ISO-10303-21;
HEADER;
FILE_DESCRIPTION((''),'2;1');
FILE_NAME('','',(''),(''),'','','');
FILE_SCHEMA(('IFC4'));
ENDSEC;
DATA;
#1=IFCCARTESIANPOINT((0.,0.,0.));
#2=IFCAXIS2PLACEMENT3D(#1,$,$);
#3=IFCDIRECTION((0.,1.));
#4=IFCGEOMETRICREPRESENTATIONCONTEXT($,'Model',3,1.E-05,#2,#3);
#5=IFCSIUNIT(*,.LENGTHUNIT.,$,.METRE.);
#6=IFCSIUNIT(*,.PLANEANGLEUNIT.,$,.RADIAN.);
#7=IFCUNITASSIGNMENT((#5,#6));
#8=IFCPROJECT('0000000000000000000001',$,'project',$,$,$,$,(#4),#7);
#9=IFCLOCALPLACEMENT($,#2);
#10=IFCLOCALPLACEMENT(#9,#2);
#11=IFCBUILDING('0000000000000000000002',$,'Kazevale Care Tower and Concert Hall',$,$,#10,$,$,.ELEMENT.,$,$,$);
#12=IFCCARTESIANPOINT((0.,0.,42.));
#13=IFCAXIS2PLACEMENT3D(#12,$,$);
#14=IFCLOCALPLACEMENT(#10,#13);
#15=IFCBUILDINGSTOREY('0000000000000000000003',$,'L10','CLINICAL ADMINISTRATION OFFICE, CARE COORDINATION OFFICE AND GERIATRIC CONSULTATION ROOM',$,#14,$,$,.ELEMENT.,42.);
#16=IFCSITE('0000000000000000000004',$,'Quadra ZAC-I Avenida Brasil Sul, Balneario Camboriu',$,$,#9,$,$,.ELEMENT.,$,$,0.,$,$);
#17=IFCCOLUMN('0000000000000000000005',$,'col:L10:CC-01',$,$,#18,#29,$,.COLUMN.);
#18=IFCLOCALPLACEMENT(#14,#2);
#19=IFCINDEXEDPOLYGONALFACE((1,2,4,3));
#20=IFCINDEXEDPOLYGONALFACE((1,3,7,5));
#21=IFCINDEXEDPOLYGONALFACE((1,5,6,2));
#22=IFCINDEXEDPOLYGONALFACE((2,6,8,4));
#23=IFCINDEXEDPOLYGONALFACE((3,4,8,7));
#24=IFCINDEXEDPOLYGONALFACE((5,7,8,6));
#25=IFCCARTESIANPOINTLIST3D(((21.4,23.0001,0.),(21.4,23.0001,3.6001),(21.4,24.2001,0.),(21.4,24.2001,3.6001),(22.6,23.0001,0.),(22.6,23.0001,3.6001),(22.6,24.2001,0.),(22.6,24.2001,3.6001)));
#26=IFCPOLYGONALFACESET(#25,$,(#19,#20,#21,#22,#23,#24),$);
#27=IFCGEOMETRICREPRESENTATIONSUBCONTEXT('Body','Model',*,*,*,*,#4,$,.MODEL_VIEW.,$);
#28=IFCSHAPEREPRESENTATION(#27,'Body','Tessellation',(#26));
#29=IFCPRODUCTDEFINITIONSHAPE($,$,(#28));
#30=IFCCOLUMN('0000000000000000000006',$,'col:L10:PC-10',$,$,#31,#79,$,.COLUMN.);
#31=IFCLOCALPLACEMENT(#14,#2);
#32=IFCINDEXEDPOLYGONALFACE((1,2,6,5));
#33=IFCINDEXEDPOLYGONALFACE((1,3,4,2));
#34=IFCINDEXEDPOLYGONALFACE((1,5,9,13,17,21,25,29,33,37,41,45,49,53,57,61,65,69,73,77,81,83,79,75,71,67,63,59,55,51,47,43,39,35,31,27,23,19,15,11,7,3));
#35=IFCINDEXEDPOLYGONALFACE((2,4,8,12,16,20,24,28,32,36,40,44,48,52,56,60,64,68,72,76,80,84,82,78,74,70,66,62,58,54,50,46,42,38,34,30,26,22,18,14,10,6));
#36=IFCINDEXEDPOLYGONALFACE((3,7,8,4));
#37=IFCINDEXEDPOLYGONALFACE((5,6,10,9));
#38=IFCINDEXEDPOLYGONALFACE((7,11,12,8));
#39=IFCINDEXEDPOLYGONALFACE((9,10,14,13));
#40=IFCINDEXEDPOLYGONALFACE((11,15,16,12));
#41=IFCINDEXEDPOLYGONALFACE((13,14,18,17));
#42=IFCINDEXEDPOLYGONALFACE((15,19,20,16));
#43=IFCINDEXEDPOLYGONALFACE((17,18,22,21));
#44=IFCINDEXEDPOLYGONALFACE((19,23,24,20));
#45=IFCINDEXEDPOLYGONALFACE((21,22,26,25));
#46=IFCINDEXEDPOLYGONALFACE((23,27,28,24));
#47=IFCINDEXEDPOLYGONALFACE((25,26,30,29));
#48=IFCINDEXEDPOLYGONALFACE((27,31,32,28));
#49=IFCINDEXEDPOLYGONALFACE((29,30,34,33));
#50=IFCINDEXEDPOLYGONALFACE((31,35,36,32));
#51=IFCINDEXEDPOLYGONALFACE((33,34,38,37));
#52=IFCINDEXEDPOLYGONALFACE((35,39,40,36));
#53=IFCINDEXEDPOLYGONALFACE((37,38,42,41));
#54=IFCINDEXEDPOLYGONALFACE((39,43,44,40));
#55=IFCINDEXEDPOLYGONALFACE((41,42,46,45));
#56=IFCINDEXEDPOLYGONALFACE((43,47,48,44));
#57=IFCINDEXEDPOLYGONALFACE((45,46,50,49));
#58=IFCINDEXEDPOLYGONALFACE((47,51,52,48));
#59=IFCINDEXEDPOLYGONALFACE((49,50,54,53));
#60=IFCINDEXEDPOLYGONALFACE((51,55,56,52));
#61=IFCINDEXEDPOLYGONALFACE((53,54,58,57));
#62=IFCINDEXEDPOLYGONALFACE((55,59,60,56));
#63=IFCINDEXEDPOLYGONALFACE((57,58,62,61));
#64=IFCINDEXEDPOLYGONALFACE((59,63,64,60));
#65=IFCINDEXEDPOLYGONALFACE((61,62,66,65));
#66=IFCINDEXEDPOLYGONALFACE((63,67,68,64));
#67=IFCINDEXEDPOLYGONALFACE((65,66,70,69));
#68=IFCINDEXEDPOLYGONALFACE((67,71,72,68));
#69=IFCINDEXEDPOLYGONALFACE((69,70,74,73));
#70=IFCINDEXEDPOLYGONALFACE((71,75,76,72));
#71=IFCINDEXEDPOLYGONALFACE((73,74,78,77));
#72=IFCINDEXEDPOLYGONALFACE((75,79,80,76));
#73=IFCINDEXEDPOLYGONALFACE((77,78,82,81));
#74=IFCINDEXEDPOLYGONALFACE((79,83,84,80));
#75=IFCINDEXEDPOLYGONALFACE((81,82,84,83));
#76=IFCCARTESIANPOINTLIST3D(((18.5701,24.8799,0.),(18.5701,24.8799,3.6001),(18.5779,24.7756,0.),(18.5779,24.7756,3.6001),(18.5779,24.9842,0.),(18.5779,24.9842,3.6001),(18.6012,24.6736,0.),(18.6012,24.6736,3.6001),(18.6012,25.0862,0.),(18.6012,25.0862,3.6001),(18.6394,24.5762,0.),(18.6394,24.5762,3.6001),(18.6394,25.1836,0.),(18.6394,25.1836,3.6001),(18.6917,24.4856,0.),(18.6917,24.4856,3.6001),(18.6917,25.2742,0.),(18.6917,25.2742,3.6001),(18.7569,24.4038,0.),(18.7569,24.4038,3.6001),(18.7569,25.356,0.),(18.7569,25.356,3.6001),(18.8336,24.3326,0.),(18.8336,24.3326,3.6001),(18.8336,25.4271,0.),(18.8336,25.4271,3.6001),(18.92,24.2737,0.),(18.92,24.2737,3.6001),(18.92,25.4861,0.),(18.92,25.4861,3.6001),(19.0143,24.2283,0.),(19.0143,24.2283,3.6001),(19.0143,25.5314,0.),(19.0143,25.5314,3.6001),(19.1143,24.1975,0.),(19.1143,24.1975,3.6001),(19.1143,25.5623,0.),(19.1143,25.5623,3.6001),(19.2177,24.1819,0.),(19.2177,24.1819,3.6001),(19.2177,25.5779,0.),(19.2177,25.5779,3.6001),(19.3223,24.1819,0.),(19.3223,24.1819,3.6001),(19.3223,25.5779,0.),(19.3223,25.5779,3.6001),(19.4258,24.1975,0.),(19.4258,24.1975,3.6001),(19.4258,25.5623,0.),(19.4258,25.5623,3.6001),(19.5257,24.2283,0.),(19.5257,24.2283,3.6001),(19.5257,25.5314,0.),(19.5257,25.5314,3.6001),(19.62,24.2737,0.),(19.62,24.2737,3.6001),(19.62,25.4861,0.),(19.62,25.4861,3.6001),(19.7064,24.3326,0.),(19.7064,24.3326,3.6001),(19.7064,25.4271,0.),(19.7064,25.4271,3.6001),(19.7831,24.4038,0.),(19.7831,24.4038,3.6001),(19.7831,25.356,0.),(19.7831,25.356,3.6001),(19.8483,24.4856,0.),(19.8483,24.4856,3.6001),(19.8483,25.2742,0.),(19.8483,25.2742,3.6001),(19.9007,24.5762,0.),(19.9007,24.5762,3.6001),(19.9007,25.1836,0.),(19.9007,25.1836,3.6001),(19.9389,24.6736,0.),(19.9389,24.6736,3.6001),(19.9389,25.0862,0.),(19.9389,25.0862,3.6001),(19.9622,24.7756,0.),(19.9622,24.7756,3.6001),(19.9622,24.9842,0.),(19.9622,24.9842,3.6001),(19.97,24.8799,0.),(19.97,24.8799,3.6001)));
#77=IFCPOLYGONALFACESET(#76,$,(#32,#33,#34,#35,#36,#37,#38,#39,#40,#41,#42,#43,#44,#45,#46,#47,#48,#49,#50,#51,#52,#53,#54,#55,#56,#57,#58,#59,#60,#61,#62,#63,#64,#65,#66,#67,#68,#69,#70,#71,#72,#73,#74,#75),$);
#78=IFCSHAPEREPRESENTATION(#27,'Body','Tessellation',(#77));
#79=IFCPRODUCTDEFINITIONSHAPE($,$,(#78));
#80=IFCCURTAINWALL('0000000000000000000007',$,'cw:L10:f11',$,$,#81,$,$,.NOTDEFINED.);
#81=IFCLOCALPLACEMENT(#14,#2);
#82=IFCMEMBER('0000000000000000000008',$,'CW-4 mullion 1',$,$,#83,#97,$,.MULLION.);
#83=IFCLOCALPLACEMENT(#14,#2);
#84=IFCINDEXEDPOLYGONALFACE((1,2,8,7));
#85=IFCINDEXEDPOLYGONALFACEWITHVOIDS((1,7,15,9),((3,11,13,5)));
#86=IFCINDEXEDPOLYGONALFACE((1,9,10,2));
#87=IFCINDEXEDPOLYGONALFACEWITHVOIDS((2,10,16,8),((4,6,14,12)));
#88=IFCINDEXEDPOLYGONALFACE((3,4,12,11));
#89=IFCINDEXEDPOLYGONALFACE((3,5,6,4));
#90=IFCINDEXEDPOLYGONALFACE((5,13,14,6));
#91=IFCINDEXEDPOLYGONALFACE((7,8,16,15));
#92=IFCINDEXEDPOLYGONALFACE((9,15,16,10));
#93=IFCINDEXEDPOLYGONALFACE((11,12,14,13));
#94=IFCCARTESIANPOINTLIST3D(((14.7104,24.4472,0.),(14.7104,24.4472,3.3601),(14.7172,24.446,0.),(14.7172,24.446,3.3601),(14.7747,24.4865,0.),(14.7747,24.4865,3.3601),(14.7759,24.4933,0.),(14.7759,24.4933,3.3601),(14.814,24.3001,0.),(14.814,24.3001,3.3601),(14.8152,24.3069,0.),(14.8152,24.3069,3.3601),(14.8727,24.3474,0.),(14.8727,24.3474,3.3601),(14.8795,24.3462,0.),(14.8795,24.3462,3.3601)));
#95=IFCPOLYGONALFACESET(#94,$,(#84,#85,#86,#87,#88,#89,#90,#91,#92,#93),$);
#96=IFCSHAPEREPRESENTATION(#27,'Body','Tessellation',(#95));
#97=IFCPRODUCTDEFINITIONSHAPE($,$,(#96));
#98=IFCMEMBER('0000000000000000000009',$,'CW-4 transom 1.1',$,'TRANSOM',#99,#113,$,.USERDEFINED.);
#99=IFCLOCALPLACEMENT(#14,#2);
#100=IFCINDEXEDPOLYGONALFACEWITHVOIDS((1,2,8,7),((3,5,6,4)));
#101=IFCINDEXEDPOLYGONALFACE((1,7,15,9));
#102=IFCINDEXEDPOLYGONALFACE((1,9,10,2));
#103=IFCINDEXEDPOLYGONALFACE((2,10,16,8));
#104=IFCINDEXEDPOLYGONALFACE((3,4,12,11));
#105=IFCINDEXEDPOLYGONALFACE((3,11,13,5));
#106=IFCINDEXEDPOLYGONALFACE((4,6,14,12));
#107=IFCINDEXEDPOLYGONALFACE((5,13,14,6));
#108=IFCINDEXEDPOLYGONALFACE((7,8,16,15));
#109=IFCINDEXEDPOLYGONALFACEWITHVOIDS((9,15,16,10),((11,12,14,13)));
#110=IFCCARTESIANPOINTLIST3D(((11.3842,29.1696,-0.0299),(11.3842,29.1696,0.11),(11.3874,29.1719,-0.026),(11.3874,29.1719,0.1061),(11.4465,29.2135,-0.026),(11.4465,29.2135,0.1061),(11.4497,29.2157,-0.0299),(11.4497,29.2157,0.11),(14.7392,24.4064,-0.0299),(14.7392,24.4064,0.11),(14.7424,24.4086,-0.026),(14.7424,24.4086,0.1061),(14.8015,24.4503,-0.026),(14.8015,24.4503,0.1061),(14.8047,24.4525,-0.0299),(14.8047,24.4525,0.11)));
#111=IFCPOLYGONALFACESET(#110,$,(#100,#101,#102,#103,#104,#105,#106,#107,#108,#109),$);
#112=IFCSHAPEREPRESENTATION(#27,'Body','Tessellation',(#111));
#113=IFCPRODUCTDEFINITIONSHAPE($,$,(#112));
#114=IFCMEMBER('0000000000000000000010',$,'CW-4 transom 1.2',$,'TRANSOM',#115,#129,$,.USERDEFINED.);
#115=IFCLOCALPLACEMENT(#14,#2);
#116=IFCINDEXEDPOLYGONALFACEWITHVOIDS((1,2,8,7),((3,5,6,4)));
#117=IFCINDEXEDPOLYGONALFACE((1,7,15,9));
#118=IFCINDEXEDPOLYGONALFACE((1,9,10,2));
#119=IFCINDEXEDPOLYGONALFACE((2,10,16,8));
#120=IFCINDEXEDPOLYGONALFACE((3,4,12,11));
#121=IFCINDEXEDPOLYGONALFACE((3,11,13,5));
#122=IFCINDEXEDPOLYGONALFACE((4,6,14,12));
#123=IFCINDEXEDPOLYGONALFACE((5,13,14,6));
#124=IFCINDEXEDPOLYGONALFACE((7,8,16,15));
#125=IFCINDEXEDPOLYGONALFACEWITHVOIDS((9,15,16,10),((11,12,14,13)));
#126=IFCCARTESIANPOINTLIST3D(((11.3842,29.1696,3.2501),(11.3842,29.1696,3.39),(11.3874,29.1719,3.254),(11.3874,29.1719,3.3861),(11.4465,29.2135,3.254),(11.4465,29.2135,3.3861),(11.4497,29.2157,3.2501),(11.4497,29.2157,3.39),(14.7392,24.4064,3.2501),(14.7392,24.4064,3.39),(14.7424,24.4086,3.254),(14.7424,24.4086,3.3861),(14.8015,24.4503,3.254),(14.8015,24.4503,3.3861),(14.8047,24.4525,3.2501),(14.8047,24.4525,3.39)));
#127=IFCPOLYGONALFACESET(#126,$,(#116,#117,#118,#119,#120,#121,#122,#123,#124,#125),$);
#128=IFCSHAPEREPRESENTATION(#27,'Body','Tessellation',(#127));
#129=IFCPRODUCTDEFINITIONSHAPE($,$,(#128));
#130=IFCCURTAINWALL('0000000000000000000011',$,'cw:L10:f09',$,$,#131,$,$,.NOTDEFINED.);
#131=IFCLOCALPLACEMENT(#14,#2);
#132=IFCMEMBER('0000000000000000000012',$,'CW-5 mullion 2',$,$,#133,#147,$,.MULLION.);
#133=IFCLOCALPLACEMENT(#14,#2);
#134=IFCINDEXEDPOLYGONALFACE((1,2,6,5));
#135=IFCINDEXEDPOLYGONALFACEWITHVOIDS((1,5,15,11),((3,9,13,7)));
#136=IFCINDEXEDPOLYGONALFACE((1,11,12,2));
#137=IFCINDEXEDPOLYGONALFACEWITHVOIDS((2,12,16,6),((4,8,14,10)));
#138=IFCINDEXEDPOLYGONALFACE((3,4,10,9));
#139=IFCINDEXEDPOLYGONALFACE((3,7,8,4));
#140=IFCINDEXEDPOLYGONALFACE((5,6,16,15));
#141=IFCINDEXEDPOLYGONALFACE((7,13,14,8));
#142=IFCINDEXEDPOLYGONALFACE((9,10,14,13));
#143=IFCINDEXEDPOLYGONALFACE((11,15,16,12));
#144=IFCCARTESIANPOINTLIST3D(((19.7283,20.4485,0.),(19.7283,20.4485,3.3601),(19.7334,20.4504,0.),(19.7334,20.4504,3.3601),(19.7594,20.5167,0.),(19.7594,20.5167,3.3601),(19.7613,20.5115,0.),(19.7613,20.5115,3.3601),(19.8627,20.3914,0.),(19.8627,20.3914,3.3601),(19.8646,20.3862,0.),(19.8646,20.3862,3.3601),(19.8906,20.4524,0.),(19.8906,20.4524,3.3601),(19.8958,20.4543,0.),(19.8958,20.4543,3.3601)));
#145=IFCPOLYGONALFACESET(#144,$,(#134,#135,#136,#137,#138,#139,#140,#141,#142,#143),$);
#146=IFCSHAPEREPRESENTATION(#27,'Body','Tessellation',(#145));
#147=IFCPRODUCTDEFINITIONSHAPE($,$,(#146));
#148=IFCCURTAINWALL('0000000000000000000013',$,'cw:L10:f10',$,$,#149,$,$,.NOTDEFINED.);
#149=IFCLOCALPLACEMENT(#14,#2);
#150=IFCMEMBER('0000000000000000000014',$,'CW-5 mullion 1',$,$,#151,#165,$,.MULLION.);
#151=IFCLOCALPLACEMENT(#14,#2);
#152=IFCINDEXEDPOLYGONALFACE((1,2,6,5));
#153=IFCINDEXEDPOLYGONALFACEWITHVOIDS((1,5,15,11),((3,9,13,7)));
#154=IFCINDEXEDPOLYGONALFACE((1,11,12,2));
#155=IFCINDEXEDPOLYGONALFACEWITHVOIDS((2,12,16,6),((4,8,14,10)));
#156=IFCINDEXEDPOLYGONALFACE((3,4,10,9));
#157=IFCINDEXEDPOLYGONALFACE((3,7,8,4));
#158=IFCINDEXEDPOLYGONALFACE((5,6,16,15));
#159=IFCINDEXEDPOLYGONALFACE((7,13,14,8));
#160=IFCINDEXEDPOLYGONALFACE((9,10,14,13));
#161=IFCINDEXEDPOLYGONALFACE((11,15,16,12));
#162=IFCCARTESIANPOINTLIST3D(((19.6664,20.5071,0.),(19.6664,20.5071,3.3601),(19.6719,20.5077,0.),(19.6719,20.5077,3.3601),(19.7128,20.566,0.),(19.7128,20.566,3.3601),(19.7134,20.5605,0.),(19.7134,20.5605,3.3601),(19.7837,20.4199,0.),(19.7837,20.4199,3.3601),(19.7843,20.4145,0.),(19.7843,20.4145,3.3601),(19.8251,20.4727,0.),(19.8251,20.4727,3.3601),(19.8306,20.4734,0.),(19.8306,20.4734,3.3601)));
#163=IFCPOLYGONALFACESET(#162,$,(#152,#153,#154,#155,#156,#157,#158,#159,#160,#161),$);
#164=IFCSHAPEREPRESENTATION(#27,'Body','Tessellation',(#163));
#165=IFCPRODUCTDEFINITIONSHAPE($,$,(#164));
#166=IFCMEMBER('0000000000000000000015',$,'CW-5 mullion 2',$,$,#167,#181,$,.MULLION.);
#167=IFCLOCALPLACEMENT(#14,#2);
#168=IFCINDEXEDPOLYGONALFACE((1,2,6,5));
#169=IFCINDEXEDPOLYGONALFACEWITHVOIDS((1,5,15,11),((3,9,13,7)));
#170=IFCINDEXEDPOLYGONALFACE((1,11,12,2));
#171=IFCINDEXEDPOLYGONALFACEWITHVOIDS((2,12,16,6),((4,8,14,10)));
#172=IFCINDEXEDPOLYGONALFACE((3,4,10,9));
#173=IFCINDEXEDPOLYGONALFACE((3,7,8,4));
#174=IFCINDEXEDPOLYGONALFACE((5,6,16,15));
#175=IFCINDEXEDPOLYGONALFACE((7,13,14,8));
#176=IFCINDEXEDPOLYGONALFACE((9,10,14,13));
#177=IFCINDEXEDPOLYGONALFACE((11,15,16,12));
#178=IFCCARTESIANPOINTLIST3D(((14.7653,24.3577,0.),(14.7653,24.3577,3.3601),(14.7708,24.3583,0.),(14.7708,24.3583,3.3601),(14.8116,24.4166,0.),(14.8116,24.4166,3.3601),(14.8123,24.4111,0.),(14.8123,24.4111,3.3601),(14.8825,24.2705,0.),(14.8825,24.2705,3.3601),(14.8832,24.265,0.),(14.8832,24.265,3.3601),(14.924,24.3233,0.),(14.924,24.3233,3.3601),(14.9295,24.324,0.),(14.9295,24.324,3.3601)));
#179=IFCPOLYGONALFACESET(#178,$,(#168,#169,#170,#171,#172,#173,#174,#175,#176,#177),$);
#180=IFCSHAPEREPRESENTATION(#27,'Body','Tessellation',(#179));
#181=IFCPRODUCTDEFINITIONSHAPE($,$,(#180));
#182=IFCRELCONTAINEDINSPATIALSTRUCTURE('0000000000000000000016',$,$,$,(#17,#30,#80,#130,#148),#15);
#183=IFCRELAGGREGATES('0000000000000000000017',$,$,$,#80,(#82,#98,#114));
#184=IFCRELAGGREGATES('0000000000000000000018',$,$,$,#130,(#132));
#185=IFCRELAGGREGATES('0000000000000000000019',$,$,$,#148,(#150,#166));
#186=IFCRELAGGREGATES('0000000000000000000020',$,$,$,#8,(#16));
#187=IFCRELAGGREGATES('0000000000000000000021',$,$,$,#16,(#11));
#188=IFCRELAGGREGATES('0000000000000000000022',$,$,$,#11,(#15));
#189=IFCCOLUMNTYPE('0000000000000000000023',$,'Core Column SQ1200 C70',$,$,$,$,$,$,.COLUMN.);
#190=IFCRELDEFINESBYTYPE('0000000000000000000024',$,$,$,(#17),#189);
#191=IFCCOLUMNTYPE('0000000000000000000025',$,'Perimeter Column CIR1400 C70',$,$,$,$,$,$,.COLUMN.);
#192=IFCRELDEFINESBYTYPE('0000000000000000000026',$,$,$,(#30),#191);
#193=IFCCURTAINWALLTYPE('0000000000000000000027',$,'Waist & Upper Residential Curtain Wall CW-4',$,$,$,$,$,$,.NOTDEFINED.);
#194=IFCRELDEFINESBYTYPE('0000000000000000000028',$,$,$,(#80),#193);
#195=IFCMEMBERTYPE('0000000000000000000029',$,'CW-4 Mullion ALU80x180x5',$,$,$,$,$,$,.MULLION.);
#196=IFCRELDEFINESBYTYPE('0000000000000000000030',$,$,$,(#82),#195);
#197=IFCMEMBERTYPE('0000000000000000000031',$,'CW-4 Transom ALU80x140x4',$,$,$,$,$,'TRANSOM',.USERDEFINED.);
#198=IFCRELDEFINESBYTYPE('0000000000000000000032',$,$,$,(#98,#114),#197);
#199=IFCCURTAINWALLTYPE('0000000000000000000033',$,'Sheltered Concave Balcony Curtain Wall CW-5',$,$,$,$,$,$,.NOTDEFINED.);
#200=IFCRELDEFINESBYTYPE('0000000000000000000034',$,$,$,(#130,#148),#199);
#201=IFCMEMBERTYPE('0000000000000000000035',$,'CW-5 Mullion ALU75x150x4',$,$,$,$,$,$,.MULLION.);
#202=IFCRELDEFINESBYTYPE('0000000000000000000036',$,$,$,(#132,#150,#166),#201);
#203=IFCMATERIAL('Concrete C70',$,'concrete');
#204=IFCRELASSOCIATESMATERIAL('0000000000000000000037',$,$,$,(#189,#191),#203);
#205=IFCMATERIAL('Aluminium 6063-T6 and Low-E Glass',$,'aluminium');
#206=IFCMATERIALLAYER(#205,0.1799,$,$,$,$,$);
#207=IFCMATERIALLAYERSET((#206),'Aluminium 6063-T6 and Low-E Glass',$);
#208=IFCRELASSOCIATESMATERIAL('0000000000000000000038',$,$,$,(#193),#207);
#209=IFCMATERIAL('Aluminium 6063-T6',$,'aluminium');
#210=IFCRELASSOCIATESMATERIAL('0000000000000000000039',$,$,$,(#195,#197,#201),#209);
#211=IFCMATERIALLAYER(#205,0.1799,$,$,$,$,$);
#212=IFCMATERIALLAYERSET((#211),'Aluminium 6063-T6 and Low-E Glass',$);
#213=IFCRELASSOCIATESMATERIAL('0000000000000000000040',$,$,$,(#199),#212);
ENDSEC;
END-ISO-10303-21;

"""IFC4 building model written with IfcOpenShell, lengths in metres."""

from ifc_helpers import new_model, si_unit, direction, frame, origin, origin_2d, place, context, subcontext, project, spatial, rectangle, hollow_rectangle, circle, extrude, material, layer, layer_set, material_profile, profile_set, type_object, element, aggregate, save


model = new_model("IFC4")

# Units and contexts
model_context = context("Model", 3, precision=1e-05, world=origin(), true_north=direction((0.0, 1.0)))
body_context = subcontext(model_context, "Body", "Model", "MODEL_VIEW")
ifc_project = project(units=[si_unit("LENGTHUNIT", "METRE"), si_unit("PLANEANGLEUNIT", "RADIAN")], contexts=[model_context])

# Site, building, storey
site_placement = place(None, origin())
site = spatial("IfcSite", under=ifc_project, at=site_placement, Name="Quadra ZAC-I Avenida Brasil Sul, Balneario Camboriu", CompositionType="ELEMENT", RefElevation=0.0)
building_placement = place(site_placement, origin())
building = spatial("IfcBuilding", under=site, at=building_placement, Name="Kazevale Care Tower and Concert Hall", CompositionType="ELEMENT")
storey_placement = place(building_placement, frame((0.0, 0.0, 42.0)))
storey = spatial("IfcBuildingStorey", under=building, at=storey_placement, Name="L10", Description="CLINICAL ADMINISTRATION OFFICE, CARE COORDINATION OFFICE AND GERIATRIC CONSULTATION ROOM", CompositionType="ELEMENT", Elevation=42.0)

# Columns
ifc_material_1 = material(Name="Concrete C70", Category="concrete")
ifc_material_profile_1 = material_profile(ifc_material_1, rectangle(XDim=1.2, YDim=1.2, at=origin_2d()), Name="RC-SQ1200")
ifc_profile_set_1 = profile_set([ifc_material_profile_1], Name="Concrete C70")
column_type_1 = type_object("IfcColumnType", Name="Core Column SQ1200 C70", PredefinedType="COLUMN", material=ifc_profile_set_1)
column_1_placement = place(storey_placement, frame((22.0, 23.6001, 0.0), z_axis=(0.0, 0.0, 1.0), x_axis=(1.0, 0.0, 0.0)))
element("IfcColumn", 1, at=column_1_placement, inside=storey, type_object=column_type_1, Name="col:L10:CC-01", PredefinedType="COLUMN", context=body_context, shape_type="SweptSolid", body=[
    extrude(rectangle(XDim=1.2, YDim=1.2, at=origin_2d()), origin(), (0.0, 0.0, 1.0), 3.6001),
])
ifc_material_profile_2 = material_profile(ifc_material_1, circle(Radius=0.7, at=origin_2d()), Name="RC-CIR1400")
ifc_profile_set_2 = profile_set([ifc_material_profile_2], Name="Concrete C70")
column_type_2 = type_object("IfcColumnType", Name="Perimeter Column CIR1400 C70", PredefinedType="COLUMN", material=ifc_profile_set_2)
column_2_placement = place(storey_placement, frame((19.27, 24.8799, 0.0), z_axis=(0.0, 0.0, 1.0), x_axis=(1.0, 0.0, 0.0)))
element("IfcColumn", 2, at=column_2_placement, inside=storey, type_object=column_type_2, Name="col:L10:PC-10", PredefinedType="COLUMN", context=body_context, shape_type="SweptSolid", body=[
    extrude(circle(Radius=0.7, at=origin_2d()), origin(), (0.0, 0.0, 1.0), 3.6001),
])

# Curtain wall, members
ifc_material_2 = material(Name="Aluminium 6063-T6 and Low-E Glass", Category="aluminium")
ifc_layer_1 = layer(ifc_material_2, 0.1799)
ifc_layer_set_1 = layer_set([ifc_layer_1], Name="Aluminium 6063-T6 and Low-E Glass")
curtain_wall_type_1 = type_object("IfcCurtainWallType", Name="Waist & Upper Residential Curtain Wall CW-4", PredefinedType="NOTDEFINED", material=ifc_layer_set_1)
curtain_wall_1_placement = place(storey_placement, origin())
curtain_wall_1 = element("IfcCurtainWall", 3, at=curtain_wall_1_placement, inside=storey, type_object=curtain_wall_type_1, Name="cw:L10:f11", PredefinedType="NOTDEFINED")
ifc_material_3 = material(Name="Aluminium 6063-T6", Category="aluminium")
ifc_material_profile_3 = material_profile(ifc_material_3, hollow_rectangle(XDim=0.0801, YDim=0.1799, WallThickness=0.0049, at=origin_2d()), Name="ALU80x180x5")
ifc_profile_set_3 = profile_set([ifc_material_profile_3], Name="Aluminium 6063-T6")
member_type_1 = type_object("IfcMemberType", Name="CW-4 Mullion ALU80x180x5", PredefinedType="MULLION", material=ifc_profile_set_3)
member_1_placement = place(storey_placement, frame((14.7949, 24.3967, 0.0), z_axis=(0.0, 0.0, 1.0), x_axis=(-0.817565, -0.575837, 0.0)))
member_1 = element("IfcMember", 4, at=member_1_placement, type_object=member_type_1, Name="CW-4 mullion 1", PredefinedType="MULLION", context=body_context, shape_type="SweptSolid", body=[
    extrude(hollow_rectangle(XDim=0.0801, YDim=0.1799, WallThickness=0.0049, at=origin_2d()), origin(), (0.0, 0.0, 1.0), 3.3601),
])
ifc_material_profile_4 = material_profile(ifc_material_3, hollow_rectangle(XDim=0.0801, YDim=0.1399, WallThickness=0.0039, at=origin_2d()), Name="ALU80x140x4")
ifc_profile_set_4 = profile_set([ifc_material_profile_4], Name="Aluminium 6063-T6")
member_type_2 = type_object("IfcMemberType", Name="CW-4 Transom ALU80x140x4", ElementType="TRANSOM", PredefinedType="USERDEFINED", material=ifc_profile_set_4)
member_2_placement = place(storey_placement, frame((14.772, 24.4294, 0.04), z_axis=(-0.57585, 0.817555, 0.0), x_axis=(-0.817555, -0.57585, 0.0)))
member_2 = element("IfcMember", 5, at=member_2_placement, type_object=member_type_2, Name="CW-4 transom 1.1", ObjectType="TRANSOM", PredefinedType="USERDEFINED", context=body_context, shape_type="SweptSolid", body=[
    extrude(hollow_rectangle(XDim=0.0801, YDim=0.1399, WallThickness=0.0039, at=origin_2d()), origin(), (0.0, 0.0, 1.0), 5.8262),
])
member_3_placement = place(storey_placement, frame((14.772, 24.4294, 3.3201), z_axis=(-0.57585, 0.817555, 0.0), x_axis=(-0.817555, -0.57585, 0.0)))
member_3 = element("IfcMember", 6, at=member_3_placement, type_object=member_type_2, Name="CW-4 transom 1.2", ObjectType="TRANSOM", PredefinedType="USERDEFINED", context=body_context, shape_type="SweptSolid", body=[
    extrude(hollow_rectangle(XDim=0.0801, YDim=0.1399, WallThickness=0.0039, at=origin_2d()), origin(), (0.0, 0.0, 1.0), 5.8262),
])

# Curtain wall, member
ifc_layer_2 = layer(ifc_material_2, 0.1799)
ifc_layer_set_2 = layer_set([ifc_layer_2], Name="Aluminium 6063-T6 and Low-E Glass")
curtain_wall_type_2 = type_object("IfcCurtainWallType", Name="Sheltered Concave Balcony Curtain Wall CW-5", PredefinedType="NOTDEFINED", material=ifc_layer_set_2)
curtain_wall_2_placement = place(storey_placement, origin())
curtain_wall_2 = element("IfcCurtainWall", 7, at=curtain_wall_2_placement, inside=storey, type_object=curtain_wall_type_2, Name="cw:L10:f09", PredefinedType="NOTDEFINED")
ifc_material_profile_5 = material_profile(ifc_material_3, hollow_rectangle(XDim=0.075, YDim=0.1499, WallThickness=0.0039, at=origin_2d()), Name="ALU75x150x4")
ifc_profile_set_5 = profile_set([ifc_material_profile_5], Name="Aluminium 6063-T6")
member_type_3 = type_object("IfcMemberType", Name="CW-5 Mullion ALU75x150x4", PredefinedType="MULLION", material=ifc_profile_set_5)
member_4_placement = place(storey_placement, frame((19.812, 20.4514, 0.0), z_axis=(0.0, 0.0, 1.0), x_axis=(-0.41566, -0.90952, 0.0)))
member_4 = element("IfcMember", 8, at=member_4_placement, type_object=member_type_3, Name="CW-5 mullion 2", PredefinedType="MULLION", context=body_context, shape_type="SweptSolid", body=[
    extrude(hollow_rectangle(XDim=0.075, YDim=0.1499, WallThickness=0.0039, at=origin_2d()), origin(), (0.0, 0.0, 1.0), 3.3601),
])

# Curtain wall, members
curtain_wall_3_placement = place(storey_placement, origin())
curtain_wall_3 = element("IfcCurtainWall", 9, at=curtain_wall_3_placement, inside=storey, type_object=curtain_wall_type_2, Name="cw:L10:f10", PredefinedType="NOTDEFINED")
member_5_placement = place(storey_placement, frame((19.7485, 20.4902, 0.0), z_axis=(0.0, 0.0, 1.0), x_axis=(-0.617808, -0.786329, 0.0)))
member_5 = element("IfcMember", 10, at=member_5_placement, type_object=member_type_3, Name="CW-5 mullion 1", PredefinedType="MULLION", context=body_context, shape_type="SweptSolid", body=[
    extrude(hollow_rectangle(XDim=0.075, YDim=0.1499, WallThickness=0.0039, at=origin_2d()), origin(), (0.0, 0.0, 1.0), 3.3601),
])
member_6_placement = place(storey_placement, frame((14.8474, 24.3408, 0.0), z_axis=(0.0, 0.0, 1.0), x_axis=(-0.617808, -0.786329, 0.0)))
member_6 = element("IfcMember", 11, at=member_6_placement, type_object=member_type_3, Name="CW-5 mullion 2", PredefinedType="MULLION", context=body_context, shape_type="SweptSolid", body=[
    extrude(hollow_rectangle(XDim=0.075, YDim=0.1499, WallThickness=0.0039, at=origin_2d()), origin(), (0.0, 0.0, 1.0), 3.3601),
])

aggregate(curtain_wall_1, [member_1, member_2, member_3])
aggregate(curtain_wall_2, [member_4])
aggregate(curtain_wall_3, [member_5, member_6])

save(model, "model.ifc")
